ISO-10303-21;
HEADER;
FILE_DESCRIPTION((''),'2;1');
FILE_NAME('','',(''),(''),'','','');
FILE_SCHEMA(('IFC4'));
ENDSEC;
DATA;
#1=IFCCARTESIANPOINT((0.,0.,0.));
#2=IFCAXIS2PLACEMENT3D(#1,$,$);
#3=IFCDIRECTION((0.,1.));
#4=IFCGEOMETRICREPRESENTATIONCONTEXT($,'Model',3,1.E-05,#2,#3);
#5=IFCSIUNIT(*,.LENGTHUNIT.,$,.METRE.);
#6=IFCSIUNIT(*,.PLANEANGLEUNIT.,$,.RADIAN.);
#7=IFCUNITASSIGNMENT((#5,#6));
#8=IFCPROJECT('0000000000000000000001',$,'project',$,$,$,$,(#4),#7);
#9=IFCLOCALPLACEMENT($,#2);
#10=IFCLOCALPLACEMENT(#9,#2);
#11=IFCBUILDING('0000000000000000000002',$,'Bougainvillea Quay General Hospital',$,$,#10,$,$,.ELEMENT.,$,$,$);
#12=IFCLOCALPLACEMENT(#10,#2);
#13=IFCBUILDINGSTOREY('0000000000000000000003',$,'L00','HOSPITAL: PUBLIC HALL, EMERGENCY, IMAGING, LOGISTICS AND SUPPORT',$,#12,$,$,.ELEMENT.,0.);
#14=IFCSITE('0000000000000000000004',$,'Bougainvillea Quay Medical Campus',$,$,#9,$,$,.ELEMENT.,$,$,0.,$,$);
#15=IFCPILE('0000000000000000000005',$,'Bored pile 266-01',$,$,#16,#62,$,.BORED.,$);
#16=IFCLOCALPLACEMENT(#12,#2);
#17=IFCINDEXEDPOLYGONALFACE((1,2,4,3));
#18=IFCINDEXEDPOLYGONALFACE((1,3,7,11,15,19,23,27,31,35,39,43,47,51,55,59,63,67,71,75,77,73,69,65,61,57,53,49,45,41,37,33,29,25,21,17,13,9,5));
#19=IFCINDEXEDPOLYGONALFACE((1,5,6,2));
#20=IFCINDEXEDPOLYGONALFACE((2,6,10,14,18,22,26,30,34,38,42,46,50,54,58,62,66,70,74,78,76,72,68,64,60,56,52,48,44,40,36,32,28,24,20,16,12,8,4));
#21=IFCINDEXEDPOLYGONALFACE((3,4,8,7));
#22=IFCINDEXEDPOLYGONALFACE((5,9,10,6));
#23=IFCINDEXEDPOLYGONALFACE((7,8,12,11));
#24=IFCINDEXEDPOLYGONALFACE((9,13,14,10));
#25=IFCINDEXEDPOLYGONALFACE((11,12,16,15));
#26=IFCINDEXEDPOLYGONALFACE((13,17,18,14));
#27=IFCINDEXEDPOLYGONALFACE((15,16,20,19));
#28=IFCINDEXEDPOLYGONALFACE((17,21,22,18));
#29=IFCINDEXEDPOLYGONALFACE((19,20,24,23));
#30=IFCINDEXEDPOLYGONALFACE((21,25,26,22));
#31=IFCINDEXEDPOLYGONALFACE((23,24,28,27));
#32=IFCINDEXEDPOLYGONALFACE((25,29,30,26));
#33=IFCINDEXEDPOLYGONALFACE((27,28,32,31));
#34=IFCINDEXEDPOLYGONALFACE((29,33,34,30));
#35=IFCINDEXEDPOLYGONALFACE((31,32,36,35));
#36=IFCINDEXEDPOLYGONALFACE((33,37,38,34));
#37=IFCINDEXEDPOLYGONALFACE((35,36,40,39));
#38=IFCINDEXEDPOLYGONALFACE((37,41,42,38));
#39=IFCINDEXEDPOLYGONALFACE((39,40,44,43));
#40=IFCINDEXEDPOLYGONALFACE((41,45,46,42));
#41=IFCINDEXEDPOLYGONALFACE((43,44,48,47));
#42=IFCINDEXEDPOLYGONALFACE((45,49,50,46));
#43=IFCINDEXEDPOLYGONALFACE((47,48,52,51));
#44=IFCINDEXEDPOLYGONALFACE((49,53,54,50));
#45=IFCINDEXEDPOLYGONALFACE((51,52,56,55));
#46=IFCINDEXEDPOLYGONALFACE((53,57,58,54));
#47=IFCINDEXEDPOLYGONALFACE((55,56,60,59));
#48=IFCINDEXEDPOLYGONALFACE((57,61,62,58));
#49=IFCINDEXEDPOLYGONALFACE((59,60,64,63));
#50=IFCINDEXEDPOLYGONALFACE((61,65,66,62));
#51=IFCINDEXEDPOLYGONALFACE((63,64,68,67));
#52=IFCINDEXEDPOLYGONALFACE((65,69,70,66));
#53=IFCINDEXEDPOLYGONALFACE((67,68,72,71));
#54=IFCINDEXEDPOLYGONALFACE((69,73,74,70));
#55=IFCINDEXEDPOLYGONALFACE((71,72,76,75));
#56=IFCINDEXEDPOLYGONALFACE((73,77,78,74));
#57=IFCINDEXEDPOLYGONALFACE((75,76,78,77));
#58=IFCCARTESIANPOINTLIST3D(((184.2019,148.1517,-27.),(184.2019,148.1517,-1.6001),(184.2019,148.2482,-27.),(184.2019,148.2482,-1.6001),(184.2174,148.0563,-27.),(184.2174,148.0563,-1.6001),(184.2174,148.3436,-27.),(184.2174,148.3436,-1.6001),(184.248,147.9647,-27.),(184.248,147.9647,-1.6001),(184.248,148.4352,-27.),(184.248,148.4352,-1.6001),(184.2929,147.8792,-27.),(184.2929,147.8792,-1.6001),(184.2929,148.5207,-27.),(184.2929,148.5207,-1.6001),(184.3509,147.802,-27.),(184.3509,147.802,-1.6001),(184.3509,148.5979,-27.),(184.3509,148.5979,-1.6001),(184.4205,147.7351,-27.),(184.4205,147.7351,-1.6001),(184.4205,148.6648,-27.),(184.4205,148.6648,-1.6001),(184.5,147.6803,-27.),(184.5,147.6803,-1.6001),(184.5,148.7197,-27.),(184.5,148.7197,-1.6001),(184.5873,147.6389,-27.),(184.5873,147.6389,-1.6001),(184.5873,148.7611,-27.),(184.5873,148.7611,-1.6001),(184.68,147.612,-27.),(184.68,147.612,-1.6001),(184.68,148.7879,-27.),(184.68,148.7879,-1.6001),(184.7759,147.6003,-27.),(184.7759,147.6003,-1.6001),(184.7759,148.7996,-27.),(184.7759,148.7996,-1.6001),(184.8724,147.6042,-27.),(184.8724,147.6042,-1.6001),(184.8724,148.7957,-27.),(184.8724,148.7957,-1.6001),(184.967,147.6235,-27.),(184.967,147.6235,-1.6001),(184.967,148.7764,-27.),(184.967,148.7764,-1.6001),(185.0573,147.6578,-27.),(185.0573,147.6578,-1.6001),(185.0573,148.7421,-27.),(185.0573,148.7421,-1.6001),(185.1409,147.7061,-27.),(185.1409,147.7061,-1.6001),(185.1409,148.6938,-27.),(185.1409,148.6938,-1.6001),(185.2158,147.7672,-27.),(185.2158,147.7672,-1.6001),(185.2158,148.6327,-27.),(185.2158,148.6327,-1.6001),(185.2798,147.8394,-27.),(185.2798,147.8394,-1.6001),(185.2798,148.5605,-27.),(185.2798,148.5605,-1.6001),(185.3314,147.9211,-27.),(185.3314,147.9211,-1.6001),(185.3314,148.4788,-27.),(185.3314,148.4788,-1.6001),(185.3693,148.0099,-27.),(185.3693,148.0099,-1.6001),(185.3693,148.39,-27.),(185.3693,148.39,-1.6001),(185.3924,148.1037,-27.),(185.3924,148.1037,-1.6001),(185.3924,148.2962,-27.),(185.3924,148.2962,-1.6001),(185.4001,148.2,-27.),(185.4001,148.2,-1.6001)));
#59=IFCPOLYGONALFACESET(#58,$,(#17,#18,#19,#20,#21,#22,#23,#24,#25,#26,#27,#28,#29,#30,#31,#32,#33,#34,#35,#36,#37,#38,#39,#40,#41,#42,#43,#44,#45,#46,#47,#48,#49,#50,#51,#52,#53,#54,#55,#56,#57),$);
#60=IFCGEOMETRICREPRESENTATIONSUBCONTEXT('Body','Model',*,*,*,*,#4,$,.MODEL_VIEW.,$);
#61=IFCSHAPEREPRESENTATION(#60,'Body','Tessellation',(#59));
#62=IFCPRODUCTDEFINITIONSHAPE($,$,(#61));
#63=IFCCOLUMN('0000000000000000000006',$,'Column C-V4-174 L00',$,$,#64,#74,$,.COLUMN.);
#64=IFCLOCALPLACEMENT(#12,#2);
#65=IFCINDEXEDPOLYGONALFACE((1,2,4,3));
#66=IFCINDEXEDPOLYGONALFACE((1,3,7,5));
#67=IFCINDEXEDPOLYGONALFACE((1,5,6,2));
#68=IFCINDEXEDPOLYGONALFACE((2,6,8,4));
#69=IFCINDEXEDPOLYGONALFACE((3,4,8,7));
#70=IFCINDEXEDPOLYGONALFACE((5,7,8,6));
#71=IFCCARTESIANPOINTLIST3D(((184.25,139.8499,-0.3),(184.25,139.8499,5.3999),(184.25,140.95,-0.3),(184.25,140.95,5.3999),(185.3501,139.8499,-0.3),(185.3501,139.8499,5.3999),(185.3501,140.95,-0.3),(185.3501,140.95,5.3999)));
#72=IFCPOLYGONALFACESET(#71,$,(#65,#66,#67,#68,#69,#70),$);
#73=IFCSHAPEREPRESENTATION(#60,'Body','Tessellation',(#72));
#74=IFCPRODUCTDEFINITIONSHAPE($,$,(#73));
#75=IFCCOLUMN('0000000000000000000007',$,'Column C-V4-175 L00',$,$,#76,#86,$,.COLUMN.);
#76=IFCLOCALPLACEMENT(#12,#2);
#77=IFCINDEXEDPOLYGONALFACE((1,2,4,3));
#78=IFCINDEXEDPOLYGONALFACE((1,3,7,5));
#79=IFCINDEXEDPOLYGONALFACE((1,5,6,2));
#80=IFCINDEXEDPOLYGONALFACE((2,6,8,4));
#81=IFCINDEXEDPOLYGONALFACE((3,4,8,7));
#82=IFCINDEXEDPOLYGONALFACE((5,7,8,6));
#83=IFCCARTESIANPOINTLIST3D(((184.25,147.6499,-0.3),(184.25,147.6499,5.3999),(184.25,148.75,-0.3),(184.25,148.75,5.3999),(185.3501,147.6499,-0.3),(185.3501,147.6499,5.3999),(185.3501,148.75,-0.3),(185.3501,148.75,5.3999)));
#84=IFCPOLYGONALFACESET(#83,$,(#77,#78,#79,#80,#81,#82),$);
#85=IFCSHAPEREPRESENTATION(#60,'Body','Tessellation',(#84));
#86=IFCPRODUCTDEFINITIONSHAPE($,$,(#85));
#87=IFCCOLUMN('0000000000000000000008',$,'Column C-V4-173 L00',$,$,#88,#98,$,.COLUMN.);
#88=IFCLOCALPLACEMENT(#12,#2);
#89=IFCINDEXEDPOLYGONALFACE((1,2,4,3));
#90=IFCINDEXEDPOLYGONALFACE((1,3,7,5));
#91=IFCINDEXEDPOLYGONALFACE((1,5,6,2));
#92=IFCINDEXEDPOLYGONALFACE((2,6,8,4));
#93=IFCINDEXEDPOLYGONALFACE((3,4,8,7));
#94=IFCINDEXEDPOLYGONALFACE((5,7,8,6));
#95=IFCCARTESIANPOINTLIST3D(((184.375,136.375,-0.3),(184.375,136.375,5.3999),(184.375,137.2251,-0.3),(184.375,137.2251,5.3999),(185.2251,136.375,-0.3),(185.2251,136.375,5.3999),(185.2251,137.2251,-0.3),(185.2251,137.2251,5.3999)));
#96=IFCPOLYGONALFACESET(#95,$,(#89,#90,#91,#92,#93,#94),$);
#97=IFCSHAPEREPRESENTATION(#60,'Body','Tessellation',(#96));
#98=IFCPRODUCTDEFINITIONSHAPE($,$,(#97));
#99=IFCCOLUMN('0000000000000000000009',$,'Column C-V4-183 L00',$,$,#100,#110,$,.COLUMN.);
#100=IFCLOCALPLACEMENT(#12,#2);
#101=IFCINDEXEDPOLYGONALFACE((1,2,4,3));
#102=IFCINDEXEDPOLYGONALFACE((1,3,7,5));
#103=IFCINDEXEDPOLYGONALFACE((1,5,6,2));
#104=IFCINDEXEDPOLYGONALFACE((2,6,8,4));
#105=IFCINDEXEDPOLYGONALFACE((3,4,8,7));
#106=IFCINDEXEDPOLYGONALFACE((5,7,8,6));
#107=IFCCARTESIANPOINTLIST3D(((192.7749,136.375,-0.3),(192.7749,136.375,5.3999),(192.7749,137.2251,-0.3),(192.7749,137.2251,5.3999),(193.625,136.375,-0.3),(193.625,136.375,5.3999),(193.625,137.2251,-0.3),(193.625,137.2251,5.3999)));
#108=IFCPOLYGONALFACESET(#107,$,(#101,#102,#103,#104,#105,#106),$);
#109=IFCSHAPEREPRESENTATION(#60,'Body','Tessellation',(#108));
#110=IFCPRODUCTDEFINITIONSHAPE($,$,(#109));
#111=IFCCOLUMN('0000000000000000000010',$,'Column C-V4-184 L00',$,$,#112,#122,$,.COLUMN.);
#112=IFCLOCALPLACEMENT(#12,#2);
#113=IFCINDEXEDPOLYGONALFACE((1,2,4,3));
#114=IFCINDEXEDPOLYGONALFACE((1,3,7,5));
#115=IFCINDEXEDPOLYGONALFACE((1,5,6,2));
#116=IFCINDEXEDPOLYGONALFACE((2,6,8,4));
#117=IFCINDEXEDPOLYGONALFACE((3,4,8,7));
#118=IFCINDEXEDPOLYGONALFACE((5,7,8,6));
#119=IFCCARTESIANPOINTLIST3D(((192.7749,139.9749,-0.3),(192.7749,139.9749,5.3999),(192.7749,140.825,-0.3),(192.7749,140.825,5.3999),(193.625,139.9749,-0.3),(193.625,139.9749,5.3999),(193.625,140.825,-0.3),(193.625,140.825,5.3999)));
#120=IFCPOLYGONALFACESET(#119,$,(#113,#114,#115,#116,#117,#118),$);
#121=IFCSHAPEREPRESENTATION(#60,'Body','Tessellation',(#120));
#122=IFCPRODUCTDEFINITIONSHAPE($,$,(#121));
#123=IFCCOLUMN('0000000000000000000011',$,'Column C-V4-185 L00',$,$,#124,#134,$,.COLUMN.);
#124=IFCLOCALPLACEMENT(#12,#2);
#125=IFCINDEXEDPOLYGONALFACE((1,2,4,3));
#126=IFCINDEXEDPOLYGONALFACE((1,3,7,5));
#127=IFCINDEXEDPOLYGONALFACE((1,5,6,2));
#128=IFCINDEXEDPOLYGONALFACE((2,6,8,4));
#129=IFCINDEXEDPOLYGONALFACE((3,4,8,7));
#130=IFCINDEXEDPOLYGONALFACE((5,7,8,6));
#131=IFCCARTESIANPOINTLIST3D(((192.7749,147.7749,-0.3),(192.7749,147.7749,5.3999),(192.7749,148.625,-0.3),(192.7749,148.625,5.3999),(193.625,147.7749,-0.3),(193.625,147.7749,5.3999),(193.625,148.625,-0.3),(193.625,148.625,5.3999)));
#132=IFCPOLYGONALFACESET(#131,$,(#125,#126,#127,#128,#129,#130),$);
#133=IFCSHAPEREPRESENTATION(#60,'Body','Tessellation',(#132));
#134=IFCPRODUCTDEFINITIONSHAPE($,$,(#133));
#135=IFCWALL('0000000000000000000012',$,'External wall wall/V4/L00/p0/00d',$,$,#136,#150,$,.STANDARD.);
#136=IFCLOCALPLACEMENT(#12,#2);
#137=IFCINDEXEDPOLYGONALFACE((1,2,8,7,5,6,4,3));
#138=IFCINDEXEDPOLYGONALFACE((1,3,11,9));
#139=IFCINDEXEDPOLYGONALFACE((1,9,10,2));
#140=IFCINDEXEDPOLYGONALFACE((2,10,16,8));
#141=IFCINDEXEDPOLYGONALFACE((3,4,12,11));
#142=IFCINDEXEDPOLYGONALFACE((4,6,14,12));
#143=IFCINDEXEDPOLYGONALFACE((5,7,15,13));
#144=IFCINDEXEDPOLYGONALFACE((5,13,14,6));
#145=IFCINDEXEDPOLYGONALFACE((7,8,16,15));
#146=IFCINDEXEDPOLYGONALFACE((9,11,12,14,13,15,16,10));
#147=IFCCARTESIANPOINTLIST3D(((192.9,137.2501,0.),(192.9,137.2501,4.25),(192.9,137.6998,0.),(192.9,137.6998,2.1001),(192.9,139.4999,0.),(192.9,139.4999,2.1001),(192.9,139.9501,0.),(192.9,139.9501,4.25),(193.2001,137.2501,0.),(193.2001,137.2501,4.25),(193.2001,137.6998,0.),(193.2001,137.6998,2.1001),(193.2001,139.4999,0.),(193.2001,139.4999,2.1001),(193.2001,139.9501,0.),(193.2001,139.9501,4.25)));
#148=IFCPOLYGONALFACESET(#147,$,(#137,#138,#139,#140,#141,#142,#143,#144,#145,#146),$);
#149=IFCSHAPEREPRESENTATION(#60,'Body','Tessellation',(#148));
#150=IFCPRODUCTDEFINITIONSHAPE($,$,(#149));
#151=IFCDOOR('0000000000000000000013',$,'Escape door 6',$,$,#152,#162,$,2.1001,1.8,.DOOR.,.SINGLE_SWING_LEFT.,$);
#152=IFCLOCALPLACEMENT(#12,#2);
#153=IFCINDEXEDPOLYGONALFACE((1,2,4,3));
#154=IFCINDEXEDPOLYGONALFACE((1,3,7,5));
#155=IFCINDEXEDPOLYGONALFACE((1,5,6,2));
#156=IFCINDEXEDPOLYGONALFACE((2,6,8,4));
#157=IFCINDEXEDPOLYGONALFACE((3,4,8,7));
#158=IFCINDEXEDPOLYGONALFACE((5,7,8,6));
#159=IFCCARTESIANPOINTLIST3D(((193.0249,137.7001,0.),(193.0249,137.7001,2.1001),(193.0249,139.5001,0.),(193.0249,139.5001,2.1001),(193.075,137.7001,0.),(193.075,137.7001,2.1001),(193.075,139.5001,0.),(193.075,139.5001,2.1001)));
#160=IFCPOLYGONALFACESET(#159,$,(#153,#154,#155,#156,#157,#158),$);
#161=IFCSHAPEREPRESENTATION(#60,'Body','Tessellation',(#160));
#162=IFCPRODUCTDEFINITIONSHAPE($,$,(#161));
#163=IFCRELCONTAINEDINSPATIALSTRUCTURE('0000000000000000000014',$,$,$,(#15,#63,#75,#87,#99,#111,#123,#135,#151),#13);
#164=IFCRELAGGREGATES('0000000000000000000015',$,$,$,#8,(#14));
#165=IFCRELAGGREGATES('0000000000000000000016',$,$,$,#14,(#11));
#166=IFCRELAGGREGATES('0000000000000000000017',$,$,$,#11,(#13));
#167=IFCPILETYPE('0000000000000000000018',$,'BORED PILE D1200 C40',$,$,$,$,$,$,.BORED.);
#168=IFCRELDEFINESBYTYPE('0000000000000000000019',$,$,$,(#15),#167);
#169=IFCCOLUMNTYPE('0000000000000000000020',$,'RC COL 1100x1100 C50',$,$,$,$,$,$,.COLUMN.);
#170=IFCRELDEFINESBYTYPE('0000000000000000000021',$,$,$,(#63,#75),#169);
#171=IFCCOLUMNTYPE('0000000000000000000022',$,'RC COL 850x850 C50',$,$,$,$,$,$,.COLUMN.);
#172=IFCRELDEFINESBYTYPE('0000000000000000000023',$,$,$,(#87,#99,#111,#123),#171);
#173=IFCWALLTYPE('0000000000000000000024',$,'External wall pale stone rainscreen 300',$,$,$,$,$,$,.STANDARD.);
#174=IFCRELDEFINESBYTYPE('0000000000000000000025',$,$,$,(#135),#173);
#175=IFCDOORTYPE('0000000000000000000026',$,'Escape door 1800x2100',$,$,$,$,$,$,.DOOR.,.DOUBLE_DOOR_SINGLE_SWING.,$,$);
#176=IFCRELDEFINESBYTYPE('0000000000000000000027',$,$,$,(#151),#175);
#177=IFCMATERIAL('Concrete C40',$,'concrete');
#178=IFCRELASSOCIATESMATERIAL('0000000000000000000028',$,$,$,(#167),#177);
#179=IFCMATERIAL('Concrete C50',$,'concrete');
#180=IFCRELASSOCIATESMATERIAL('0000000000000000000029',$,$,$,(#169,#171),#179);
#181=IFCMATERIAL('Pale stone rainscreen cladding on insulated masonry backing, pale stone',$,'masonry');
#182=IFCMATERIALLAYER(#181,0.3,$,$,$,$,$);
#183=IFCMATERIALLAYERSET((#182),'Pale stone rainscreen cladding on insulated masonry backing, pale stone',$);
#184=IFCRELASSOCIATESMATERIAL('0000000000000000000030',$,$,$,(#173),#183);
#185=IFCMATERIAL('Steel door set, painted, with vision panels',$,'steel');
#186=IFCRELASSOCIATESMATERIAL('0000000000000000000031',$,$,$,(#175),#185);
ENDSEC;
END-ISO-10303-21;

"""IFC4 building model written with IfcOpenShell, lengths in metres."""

from ifc_helpers import new_model, si_unit, direction, frame, frame_2d, origin, origin_2d, place, context, subcontext, project, spatial, rectangle, circle, extrude, material, layer, layer_set, material_profile, profile_set, type_object, element, fill, save


model = new_model("IFC4")

# Units and contexts
model_context = context("Model", 3, precision=1e-05, world=origin(), true_north=direction((0.0, 1.0)))
body_context = subcontext(model_context, "Body", "Model", "MODEL_VIEW")
ifc_project = project(units=[si_unit("LENGTHUNIT", "METRE"), si_unit("PLANEANGLEUNIT", "RADIAN")], contexts=[model_context])

# Site, building, storey
site_placement = place(None, origin())
site = spatial("IfcSite", under=ifc_project, at=site_placement, Name="Bougainvillea Quay Medical Campus", CompositionType="ELEMENT", RefElevation=0.0)
building_placement = place(site_placement, origin())
building = spatial("IfcBuilding", under=site, at=building_placement, Name="Bougainvillea Quay General Hospital", CompositionType="ELEMENT")
storey_placement = place(building_placement, origin())
storey = spatial("IfcBuildingStorey", under=building, at=storey_placement, Name="L00", Description="HOSPITAL: PUBLIC HALL, EMERGENCY, IMAGING, LOGISTICS AND SUPPORT", CompositionType="ELEMENT", Elevation=0.0)

# Pile
ifc_material_1 = material(Name="Concrete C40", Category="concrete")
ifc_material_profile_1 = material_profile(ifc_material_1, circle(Radius=0.6001, at=origin_2d()))
ifc_profile_set_1 = profile_set([ifc_material_profile_1], Name="Concrete C40")
pile_type = type_object("IfcPileType", Name="BORED PILE D1200 C40", PredefinedType="BORED", material=ifc_profile_set_1)
for number, where, z_axis, x_axis, name in (
    (1, (184.8, 148.2, -1.6001), (0.0, 0.0, -1.0), (1.0, 0.0, 0.0), "Bored pile 266-01"),
):
    element("IfcPile", number, at=place(storey_placement, frame(where, z_axis=z_axis, x_axis=x_axis)), inside=storey, type_object=pile_type, Name=name, PredefinedType="BORED", context=body_context, shape_type="SweptSolid", body=[
        extrude(circle(Radius=0.6001, at=origin_2d()), origin(), (0.0, 0.0, 1.0), 25.3999),
    ])

# Columns
ifc_material_2 = material(Name="Concrete C50", Category="concrete")
ifc_material_profile_2 = material_profile(ifc_material_2, rectangle(XDim=1.1001, YDim=1.1001, at=origin_2d()))
ifc_profile_set_2 = profile_set([ifc_material_profile_2], Name="Concrete C50")
column_type_1 = type_object("IfcColumnType", Name="RC COL 1100x1100 C50", PredefinedType="COLUMN", material=ifc_profile_set_2)
for number, where, z_axis, x_axis, name in (
    (2, (184.8, 140.3999, -0.3), (0.0, 0.0, 1.0), (1.0, 0.0, 0.0), "Column C-V4-174 L00"),
    (3, (184.8, 148.2, -0.3), (0.0, 0.0, 1.0), (1.0, 0.0, 0.0), "Column C-V4-175 L00"),
):
    element("IfcColumn", number, at=place(storey_placement, frame(where, z_axis=z_axis, x_axis=x_axis)), inside=storey, type_object=column_type_1, Name=name, PredefinedType="COLUMN", context=body_context, shape_type="SweptSolid", body=[
        extrude(rectangle(XDim=1.1001, YDim=1.1001, at=origin_2d()), origin(), (0.0, 0.0, 1.0), 5.7),
    ])
ifc_material_profile_3 = material_profile(ifc_material_2, rectangle(XDim=0.8501, YDim=0.8501, at=origin_2d()))
ifc_profile_set_3 = profile_set([ifc_material_profile_3], Name="Concrete C50")
column_type_2 = type_object("IfcColumnType", Name="RC COL 850x850 C50", PredefinedType="COLUMN", material=ifc_profile_set_3)
for number, where, z_axis, x_axis, name in (
    (4, (184.8, 136.8, -0.3), (0.0, 0.0, 1.0), (1.0, 0.0, 0.0), "Column C-V4-173 L00"),
    (5, (193.2, 136.8, -0.3), (0.0, 0.0, 1.0), (1.0, 0.0, 0.0), "Column C-V4-183 L00"),
    (6, (193.2, 140.3999, -0.3), (0.0, 0.0, 1.0), (1.0, 0.0, 0.0), "Column C-V4-184 L00"),
    (7, (193.2, 148.2, -0.3), (0.0, 0.0, 1.0), (1.0, 0.0, 0.0), "Column C-V4-185 L00"),
):
    element("IfcColumn", number, at=place(storey_placement, frame(where, z_axis=z_axis, x_axis=x_axis)), inside=storey, type_object=column_type_2, Name=name, PredefinedType="COLUMN", context=body_context, shape_type="SweptSolid", body=[
        extrude(rectangle(XDim=0.8501, YDim=0.8501, at=origin_2d()), origin(), (0.0, 0.0, 1.0), 5.7),
    ])

# Wall, opening, door
ifc_material_3 = material(Name="Pale stone rainscreen cladding on insulated masonry backing, pale stone", Category="masonry")
ifc_layer_1 = layer(ifc_material_3, 0.3)
ifc_layer_set_1 = layer_set([ifc_layer_1], Name="Pale stone rainscreen cladding on insulated masonry backing, pale stone")
wall_type_1 = type_object("IfcWallType", Name="External wall pale stone rainscreen 300", PredefinedType="STANDARD", material=ifc_layer_set_1)
wall_1_placement = place(storey_placement, frame((193.05, 137.25, 0.0), z_axis=(0.0, 0.0, 1.0), x_axis=(0.0, 1.0, 0.0)))
wall_1 = element("IfcWall", 8, at=wall_1_placement, inside=storey, type_object=wall_type_1, Name="External wall wall/V4/L00/p0/00d", PredefinedType="STANDARD", context=body_context, shape_type="SweptSolid", body=[
    extrude(rectangle(XDim=2.7, YDim=0.3, at=frame_2d((1.3501, 0.0))), origin(), (0.0, 0.0, 1.0), 4.25),
])
opening_1_placement = place(wall_1_placement, frame((0.45, 0.0, 0.0)))
opening_1 = element("IfcOpeningElement", 9, at=opening_1_placement, cuts=wall_1, PredefinedType="OPENING", context=body_context, shape_type="SweptSolid", body=[
    extrude(rectangle(XDim=1.8, YDim=2.1001, at=frame_2d((0.8999, 1.05))), frame((0.0, 0.1599, 0.0), z_axis=(0.0, -1.0, 0.0), x_axis=(1.0, 0.0, 0.0)), (0.0, 0.0, 1.0), 0.3201),
])
ifc_material_4 = material(Name="Steel door set, painted, with vision panels", Category="steel")
door_type_1 = type_object("IfcDoorType", Name="Escape door 1800x2100", OperationType="DOUBLE_DOOR_SINGLE_SWING", PredefinedType="DOOR", material=ifc_material_4)
door_1_placement = place(opening_1_placement, frame((1.8, 0.0, 0.0), z_axis=(0.0, 0.0, 1.0), x_axis=(-1.0, 0.0, 0.0)))
door_1 = element("IfcDoor", 10, at=door_1_placement, inside=storey, type_object=door_type_1, Name="Escape door 6", OperationType="SINGLE_SWING_LEFT", OverallHeight=2.1001, OverallWidth=1.8, PredefinedType="DOOR", context=body_context, shape_type="SweptSolid", body=[
    extrude(rectangle(XDim=1.8, YDim=2.1001, at=frame_2d((0.8999, 1.05))), frame((0.0, 0.0249, 0.0), z_axis=(0.0, -1.0, 0.0), x_axis=(1.0, 0.0, 0.0)), (0.0, 0.0, 1.0), 0.05),
])
fill(opening_1, door_1)

save(model, "model.ifc")
